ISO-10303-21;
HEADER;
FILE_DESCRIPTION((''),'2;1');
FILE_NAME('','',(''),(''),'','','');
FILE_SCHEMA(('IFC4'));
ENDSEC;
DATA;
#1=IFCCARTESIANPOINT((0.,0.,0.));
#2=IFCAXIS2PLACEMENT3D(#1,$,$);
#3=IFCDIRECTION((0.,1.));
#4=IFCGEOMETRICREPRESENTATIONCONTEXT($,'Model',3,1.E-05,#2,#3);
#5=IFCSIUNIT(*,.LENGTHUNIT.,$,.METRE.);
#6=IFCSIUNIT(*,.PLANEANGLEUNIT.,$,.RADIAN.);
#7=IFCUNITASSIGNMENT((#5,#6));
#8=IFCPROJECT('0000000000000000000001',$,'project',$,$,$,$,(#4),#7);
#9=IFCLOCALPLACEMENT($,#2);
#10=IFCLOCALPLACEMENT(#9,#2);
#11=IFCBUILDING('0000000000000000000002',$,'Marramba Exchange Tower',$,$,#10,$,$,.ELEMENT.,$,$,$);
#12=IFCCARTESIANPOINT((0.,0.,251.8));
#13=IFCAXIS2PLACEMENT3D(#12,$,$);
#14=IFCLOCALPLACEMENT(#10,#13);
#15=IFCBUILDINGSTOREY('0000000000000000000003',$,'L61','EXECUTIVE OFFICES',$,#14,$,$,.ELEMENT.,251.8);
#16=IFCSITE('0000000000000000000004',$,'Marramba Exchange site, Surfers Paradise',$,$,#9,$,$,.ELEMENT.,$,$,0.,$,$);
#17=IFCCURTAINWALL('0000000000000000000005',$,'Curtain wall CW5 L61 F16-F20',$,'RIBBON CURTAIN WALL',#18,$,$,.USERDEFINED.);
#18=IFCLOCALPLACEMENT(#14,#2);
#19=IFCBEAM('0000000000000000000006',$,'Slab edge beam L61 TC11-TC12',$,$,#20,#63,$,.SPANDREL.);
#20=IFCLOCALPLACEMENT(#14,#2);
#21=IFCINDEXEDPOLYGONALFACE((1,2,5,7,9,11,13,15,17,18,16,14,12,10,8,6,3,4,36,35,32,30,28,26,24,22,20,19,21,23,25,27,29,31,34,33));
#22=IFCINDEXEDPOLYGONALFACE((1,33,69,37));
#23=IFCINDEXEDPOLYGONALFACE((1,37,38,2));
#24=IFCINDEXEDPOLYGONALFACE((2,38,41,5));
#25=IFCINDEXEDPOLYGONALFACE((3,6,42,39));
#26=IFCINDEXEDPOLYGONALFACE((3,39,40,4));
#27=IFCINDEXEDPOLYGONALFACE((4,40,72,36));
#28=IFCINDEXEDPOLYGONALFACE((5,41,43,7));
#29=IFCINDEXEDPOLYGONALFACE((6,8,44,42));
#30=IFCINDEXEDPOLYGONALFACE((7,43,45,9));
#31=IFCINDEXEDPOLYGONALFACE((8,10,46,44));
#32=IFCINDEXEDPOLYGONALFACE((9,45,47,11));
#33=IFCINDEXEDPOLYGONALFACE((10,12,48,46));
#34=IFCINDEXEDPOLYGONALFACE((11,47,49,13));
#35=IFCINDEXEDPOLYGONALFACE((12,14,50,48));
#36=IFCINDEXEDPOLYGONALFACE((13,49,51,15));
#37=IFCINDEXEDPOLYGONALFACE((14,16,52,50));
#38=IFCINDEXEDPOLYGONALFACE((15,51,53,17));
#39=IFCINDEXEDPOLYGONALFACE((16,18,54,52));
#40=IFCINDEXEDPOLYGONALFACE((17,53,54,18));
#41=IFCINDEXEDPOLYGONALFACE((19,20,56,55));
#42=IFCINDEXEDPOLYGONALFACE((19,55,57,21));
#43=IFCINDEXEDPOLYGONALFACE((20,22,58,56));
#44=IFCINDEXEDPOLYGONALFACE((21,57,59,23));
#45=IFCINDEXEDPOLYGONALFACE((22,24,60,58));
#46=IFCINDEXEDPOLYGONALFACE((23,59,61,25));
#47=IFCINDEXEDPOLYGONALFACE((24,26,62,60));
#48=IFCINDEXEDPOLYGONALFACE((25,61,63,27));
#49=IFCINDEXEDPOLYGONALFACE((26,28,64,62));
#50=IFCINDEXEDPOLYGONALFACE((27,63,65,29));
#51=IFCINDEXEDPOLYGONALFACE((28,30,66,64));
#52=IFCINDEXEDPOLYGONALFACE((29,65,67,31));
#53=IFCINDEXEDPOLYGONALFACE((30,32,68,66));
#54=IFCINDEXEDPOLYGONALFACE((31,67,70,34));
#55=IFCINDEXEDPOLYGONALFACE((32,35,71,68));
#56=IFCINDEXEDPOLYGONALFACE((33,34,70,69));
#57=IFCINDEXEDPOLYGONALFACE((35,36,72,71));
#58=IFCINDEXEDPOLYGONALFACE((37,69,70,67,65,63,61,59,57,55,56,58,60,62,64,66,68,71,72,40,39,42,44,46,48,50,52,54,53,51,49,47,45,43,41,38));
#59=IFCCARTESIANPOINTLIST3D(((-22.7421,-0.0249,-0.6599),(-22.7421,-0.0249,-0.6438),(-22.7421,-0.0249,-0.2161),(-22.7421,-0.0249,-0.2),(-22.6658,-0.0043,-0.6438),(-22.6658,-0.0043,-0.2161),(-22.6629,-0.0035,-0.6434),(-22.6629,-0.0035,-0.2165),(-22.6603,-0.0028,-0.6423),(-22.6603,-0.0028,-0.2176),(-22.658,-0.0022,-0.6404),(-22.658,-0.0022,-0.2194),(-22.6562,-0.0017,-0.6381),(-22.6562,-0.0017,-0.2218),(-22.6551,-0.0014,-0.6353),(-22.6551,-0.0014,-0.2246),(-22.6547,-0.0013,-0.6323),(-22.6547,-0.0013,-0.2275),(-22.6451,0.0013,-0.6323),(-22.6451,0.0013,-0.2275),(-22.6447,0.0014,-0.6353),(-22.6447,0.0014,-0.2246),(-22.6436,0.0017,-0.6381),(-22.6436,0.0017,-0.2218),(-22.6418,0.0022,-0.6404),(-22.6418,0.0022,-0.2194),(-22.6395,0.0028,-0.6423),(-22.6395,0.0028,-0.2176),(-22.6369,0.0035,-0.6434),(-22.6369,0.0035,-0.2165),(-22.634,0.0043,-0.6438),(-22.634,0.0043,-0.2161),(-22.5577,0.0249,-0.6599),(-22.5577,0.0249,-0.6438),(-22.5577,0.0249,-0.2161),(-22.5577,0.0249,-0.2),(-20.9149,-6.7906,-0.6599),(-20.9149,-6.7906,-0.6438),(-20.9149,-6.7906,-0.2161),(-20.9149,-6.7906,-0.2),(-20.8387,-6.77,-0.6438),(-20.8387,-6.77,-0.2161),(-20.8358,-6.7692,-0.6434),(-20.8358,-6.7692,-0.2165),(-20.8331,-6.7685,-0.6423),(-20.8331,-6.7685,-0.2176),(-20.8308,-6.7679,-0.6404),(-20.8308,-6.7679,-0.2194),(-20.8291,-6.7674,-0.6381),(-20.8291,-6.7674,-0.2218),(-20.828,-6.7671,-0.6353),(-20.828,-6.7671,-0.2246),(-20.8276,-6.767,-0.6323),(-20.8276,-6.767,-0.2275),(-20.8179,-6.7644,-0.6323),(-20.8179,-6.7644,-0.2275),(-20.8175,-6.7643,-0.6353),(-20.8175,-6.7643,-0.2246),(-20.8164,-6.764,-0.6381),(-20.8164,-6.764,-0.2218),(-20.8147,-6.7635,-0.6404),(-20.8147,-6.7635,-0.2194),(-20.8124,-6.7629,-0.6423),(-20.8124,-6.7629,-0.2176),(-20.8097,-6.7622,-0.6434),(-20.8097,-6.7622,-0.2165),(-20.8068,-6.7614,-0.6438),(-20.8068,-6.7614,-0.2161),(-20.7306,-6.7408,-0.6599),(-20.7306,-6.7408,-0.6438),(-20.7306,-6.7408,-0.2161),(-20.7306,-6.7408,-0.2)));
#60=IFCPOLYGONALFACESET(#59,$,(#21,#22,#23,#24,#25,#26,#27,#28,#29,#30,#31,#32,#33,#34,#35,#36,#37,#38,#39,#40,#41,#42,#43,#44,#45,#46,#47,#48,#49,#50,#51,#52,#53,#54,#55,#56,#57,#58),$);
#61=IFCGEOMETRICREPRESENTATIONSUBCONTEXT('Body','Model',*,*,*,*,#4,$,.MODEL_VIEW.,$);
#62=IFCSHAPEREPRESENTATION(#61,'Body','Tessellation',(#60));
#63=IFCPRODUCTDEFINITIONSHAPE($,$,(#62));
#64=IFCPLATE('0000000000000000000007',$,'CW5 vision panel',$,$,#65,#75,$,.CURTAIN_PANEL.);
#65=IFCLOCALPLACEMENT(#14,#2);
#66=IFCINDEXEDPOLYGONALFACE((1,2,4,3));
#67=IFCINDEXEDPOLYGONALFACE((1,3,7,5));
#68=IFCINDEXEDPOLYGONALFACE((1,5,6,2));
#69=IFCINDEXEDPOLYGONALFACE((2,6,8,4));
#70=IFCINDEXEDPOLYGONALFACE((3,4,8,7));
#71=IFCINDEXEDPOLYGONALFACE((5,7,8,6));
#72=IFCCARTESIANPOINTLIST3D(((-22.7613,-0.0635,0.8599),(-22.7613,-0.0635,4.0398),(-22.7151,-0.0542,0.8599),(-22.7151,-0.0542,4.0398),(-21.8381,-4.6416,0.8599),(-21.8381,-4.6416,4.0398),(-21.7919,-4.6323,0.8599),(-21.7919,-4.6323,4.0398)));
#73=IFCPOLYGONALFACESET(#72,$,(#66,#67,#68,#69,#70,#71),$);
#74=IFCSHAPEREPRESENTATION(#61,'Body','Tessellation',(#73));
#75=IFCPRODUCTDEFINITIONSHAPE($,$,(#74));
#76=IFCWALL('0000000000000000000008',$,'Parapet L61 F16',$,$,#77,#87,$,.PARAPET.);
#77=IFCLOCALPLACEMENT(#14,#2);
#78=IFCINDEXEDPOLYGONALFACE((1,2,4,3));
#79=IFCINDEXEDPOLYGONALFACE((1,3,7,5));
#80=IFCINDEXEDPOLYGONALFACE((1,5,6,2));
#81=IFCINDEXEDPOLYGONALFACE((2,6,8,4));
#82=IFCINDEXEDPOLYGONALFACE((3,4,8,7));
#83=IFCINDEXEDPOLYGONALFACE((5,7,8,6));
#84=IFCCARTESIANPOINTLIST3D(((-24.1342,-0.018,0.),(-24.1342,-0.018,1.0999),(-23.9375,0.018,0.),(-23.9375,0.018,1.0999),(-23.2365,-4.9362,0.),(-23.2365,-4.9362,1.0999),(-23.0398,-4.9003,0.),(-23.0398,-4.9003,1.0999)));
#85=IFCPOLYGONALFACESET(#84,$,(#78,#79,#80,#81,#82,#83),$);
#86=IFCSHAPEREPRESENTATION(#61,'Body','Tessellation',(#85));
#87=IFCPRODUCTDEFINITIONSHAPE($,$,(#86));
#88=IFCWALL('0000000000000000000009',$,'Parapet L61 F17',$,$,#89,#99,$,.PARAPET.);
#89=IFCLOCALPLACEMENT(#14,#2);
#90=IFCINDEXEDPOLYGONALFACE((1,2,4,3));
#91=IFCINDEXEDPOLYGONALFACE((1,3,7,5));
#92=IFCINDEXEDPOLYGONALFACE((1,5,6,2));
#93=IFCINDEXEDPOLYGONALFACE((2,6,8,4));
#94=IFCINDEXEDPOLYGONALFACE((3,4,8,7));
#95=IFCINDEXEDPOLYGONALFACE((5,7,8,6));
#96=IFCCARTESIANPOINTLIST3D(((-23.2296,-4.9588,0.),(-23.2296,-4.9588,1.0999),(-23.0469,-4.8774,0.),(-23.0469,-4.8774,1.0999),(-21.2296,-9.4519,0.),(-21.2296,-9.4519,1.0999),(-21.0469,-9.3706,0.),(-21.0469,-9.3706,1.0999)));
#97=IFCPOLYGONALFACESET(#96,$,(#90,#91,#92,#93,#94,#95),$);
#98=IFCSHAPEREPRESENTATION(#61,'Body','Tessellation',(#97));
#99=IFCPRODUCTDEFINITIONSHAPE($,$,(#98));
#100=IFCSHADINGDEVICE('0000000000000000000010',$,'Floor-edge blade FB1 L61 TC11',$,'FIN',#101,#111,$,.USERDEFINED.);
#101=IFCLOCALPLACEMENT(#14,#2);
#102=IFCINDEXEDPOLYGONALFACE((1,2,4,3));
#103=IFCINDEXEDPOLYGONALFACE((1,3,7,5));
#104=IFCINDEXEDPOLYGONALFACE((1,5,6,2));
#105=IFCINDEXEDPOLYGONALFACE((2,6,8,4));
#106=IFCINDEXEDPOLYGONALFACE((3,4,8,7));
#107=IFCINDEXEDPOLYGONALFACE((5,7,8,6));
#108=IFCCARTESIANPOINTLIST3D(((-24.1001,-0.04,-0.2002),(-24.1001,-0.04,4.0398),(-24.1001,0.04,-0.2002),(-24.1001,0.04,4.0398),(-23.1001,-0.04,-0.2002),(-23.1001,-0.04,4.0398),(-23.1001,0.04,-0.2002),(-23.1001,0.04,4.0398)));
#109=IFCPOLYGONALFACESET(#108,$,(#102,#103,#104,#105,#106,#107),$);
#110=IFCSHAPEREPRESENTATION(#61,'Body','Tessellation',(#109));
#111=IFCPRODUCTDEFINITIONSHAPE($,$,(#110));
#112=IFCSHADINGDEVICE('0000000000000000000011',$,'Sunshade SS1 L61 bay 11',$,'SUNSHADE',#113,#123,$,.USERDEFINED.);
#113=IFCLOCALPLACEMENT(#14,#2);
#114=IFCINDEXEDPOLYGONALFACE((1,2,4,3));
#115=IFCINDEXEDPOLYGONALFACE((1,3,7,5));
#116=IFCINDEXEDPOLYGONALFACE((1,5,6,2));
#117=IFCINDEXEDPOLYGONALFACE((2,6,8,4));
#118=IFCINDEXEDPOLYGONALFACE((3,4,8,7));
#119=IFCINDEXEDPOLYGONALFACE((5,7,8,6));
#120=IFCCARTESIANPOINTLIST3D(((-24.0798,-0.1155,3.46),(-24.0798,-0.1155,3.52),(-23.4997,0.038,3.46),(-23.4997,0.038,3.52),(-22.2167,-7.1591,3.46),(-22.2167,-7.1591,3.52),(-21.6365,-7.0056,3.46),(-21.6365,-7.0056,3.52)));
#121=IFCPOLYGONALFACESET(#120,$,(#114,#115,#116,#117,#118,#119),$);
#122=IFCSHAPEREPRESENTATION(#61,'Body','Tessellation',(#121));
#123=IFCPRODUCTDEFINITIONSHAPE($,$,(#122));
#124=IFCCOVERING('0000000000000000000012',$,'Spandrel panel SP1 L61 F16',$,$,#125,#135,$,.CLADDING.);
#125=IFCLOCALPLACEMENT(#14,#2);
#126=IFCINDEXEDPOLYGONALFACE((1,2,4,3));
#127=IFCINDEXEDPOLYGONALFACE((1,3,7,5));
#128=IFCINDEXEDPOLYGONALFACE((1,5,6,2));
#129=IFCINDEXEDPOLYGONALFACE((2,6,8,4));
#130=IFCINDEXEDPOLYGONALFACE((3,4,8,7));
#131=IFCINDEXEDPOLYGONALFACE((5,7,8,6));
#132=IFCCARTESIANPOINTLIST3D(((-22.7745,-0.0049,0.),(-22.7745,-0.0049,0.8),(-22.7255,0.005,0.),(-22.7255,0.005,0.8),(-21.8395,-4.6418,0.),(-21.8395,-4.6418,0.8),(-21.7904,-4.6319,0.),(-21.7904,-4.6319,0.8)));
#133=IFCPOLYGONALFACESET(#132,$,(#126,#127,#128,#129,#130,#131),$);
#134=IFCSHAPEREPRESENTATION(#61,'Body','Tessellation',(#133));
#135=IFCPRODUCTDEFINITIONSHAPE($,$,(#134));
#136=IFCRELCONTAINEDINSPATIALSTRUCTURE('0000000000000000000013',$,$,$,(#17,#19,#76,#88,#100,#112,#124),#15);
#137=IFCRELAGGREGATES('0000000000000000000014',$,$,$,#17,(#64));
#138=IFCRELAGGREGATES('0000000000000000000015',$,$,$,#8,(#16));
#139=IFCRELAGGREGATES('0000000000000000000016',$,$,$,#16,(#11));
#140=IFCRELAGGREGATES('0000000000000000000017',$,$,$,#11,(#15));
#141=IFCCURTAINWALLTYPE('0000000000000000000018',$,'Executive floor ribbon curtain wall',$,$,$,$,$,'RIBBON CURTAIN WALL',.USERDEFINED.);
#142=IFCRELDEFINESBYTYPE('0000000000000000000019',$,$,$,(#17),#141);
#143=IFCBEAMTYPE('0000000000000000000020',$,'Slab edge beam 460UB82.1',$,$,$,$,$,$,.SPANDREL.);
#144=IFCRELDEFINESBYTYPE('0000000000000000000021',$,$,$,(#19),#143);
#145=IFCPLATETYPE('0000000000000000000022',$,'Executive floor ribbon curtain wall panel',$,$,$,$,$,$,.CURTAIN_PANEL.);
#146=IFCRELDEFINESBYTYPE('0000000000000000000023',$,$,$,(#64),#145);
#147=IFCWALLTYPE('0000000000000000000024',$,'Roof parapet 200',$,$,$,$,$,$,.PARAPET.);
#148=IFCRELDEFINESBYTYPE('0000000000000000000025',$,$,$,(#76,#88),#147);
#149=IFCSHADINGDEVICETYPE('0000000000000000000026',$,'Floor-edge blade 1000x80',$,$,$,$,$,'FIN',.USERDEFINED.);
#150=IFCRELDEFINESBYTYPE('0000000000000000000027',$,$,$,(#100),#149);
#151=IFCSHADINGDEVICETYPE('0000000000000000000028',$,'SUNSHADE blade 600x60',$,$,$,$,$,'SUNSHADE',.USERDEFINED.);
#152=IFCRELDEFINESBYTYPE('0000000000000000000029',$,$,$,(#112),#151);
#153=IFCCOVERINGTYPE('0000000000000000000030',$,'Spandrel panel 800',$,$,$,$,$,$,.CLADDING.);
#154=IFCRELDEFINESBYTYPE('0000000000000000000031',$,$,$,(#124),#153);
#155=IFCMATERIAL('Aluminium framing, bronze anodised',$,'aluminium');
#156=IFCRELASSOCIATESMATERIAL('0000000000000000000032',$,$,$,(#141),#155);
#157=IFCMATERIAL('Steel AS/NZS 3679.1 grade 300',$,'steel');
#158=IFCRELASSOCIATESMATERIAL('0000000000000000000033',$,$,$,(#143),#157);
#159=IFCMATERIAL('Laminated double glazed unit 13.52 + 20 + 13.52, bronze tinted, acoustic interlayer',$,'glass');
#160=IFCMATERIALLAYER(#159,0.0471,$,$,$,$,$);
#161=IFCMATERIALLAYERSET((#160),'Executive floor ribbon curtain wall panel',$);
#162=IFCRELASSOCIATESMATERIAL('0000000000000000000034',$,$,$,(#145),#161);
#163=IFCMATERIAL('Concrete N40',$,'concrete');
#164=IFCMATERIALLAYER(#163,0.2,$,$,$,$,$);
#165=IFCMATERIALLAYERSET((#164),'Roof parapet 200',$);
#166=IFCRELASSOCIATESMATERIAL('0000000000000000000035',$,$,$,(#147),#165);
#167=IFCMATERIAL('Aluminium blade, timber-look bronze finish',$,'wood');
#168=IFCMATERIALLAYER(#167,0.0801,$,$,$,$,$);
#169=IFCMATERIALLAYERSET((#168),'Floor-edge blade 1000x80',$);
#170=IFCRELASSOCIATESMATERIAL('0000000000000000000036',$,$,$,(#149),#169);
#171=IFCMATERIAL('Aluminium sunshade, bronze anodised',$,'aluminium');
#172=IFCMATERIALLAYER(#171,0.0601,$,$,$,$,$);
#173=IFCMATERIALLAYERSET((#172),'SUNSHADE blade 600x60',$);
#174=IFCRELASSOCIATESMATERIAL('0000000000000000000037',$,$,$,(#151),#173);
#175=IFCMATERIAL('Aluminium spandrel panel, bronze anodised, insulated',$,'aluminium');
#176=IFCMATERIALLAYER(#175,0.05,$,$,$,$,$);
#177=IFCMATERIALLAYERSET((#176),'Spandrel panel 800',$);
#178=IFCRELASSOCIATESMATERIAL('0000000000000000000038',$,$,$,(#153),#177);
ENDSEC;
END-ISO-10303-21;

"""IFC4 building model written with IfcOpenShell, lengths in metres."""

from ifc_helpers import new_model, si_unit, direction, frame, frame_2d, origin, origin_2d, place, context, subcontext, project, spatial, rectangle, i_section, extrude, material, layer, layer_set, material_profile, profile_set, type_object, element, aggregate, save


model = new_model("IFC4")

# Units and contexts
model_context = context("Model", 3, precision=1e-05, world=origin(), true_north=direction((0.0, 1.0)))
body_context = subcontext(model_context, "Body", "Model", "MODEL_VIEW")
ifc_project = project(units=[si_unit("LENGTHUNIT", "METRE"), si_unit("PLANEANGLEUNIT", "RADIAN")], contexts=[model_context])

# Site, building, storey
site_placement = place(None, origin())
site = spatial("IfcSite", under=ifc_project, at=site_placement, Name="Marramba Exchange site, Surfers Paradise", CompositionType="ELEMENT", RefElevation=0.0)
building_placement = place(site_placement, origin())
building = spatial("IfcBuilding", under=site, at=building_placement, Name="Marramba Exchange Tower", CompositionType="ELEMENT")
storey_placement = place(building_placement, frame((0.0, 0.0, 251.8)))
storey = spatial("IfcBuildingStorey", under=building, at=storey_placement, Name="L61", Description="EXECUTIVE OFFICES", CompositionType="ELEMENT", Elevation=251.8)

# Curtain wall
ifc_material_1 = material(Name="Aluminium framing, bronze anodised", Category="aluminium")
curtain_wall_type = type_object("IfcCurtainWallType", Name="Executive floor ribbon curtain wall", ElementType="RIBBON CURTAIN WALL", PredefinedType="USERDEFINED", material=ifc_material_1)
curtain_wall_placement = place(storey_placement, origin())
curtain_wall = element("IfcCurtainWall", 1, at=curtain_wall_placement, inside=storey, type_object=curtain_wall_type, Name="Curtain wall CW5 L61 F16-F20", ObjectType="RIBBON CURTAIN WALL", PredefinedType="USERDEFINED")

# Beam
ifc_material_2 = material(Name="Steel AS/NZS 3679.1 grade 300", Category="steel")
ifc_material_profile_1 = material_profile(ifc_material_2, i_section(OverallWidth=0.1909, OverallDepth=0.46, WebThickness=0.01, FlangeThickness=0.0161, FilletRadius=0.0115, at=origin_2d()), Name="460UB82.1")
ifc_profile_set_1 = profile_set([ifc_material_profile_1], Name="Steel AS/NZS 3679.1 grade 300")
beam_type_1 = type_object("IfcBeamType", Name="Slab edge beam 460UB82.1", PredefinedType="SPANDREL", material=ifc_profile_set_1)
beam_1_placement = place(storey_placement, frame((-22.6499, 0.0, -0.4299), z_axis=(0.260723, -0.965414, 0.0), x_axis=(0.965414, 0.260723, 0.0)))
element("IfcBeam", 2, at=beam_1_placement, inside=storey, type_object=beam_type_1, Name="Slab edge beam L61 TC11-TC12", PredefinedType="SPANDREL", context=body_context, shape_type="SweptSolid", body=[
    extrude(i_section(OverallWidth=0.1909, OverallDepth=0.46, WebThickness=0.01, FlangeThickness=0.0161, FilletRadius=0.0115, at=origin_2d()), origin(), (0.0, 0.0, 1.0), 7.0081),
])

# Plate
ifc_material_3 = material(Name="Laminated double glazed unit 13.52 + 20 + 13.52, bronze tinted, acoustic interlayer", Category="glass")
ifc_layer_1 = layer(ifc_material_3, 0.0471)
ifc_layer_set_1 = layer_set([ifc_layer_1], Name="Executive floor ribbon curtain wall panel")
plate_type = type_object("IfcPlateType", Name="Executive floor ribbon curtain wall panel", PredefinedType="CURTAIN_PANEL", material=ifc_layer_set_1)
plate_placement = place(storey_placement, frame((-22.2766, -2.3479, 0.8599), z_axis=(0.0, 0.0, 1.0), x_axis=(0.197671, -0.980269, 0.0)))
plate = element("IfcPlate", 3, at=plate_placement, type_object=plate_type, Name="CW5 vision panel", PredefinedType="CURTAIN_PANEL", context=body_context, shape_type="SweptSolid", body=[
    extrude(rectangle(XDim=4.6702, YDim=0.0471, at=origin_2d()), origin(), (0.0, 0.0, 1.0), 3.1799),
])
aggregate(curtain_wall, [plate])

# Walls
ifc_material_4 = material(Name="Concrete N40", Category="concrete")
ifc_layer_2 = layer(ifc_material_4, 0.2)
ifc_layer_set_2 = layer_set([ifc_layer_2], Name="Roof parapet 200")
wall_type = type_object("IfcWallType", Name="Roof parapet 200", PredefinedType="PARAPET", material=ifc_layer_set_2)
wall_1_placement = place(storey_placement, frame((-24.0359, 0.0, 0.0), z_axis=(0.0, 0.0, 1.0), x_axis=(0.17956, -0.983747, 0.0)))
element("IfcWall", 4, at=wall_1_placement, inside=storey, type_object=wall_type, Name="Parapet L61 F16", PredefinedType="PARAPET", context=body_context, shape_type="SweptSolid", body=[
    extrude(rectangle(XDim=4.9995, YDim=0.2, at=frame_2d((2.4998, 0.0))), origin(), (0.0, 0.0, 1.0), 1.0999),
])
wall_2_placement = place(storey_placement, frame((-23.1382, -4.9182, 0.0), z_axis=(0.0, 0.0, 1.0), x_axis=(0.406654, -0.913582, 0.0)))
element("IfcWall", 5, at=wall_2_placement, inside=storey, type_object=wall_type, Name="Parapet L61 F17", PredefinedType="PARAPET", context=body_context, shape_type="SweptSolid", body=[
    extrude(rectangle(XDim=4.9182, YDim=0.2, at=frame_2d((2.459, 0.0))), origin(), (0.0, 0.0, 1.0), 1.0999),
])

# Shading devices
ifc_material_5 = material(Name="Aluminium blade, timber-look bronze finish", Category="wood")
ifc_layer_3 = layer(ifc_material_5, 0.0801)
ifc_layer_set_3 = layer_set([ifc_layer_3], Name="Floor-edge blade 1000x80")
shading_device_type_1 = type_object("IfcShadingDeviceType", Name="Floor-edge blade 1000x80", ElementType="FIN", PredefinedType="USERDEFINED", material=ifc_layer_set_3)
shading_device_1_placement = place(storey_placement, frame((-23.6001, 0.0, -0.2002), z_axis=(0.0, 0.0, 1.0), x_axis=(-1.0, 0.0, 0.0)))
element("IfcShadingDevice", 6, at=shading_device_1_placement, inside=storey, type_object=shading_device_type_1, Name="Floor-edge blade FB1 L61 TC11", ObjectType="FIN", PredefinedType="USERDEFINED", context=body_context, shape_type="SweptSolid", body=[
    extrude(rectangle(XDim=1.0, YDim=0.0801, at=origin_2d()), origin(), (0.0, 0.0, 1.0), 4.24),
])
ifc_material_6 = material(Name="Aluminium sunshade, bronze anodised", Category="aluminium")
ifc_layer_4 = layer(ifc_material_6, 0.0601)
ifc_layer_set_4 = layer_set([ifc_layer_4], Name="SUNSHADE blade 600x60")
shading_device_type_2 = type_object("IfcShadingDeviceType", Name="SUNSHADE blade 600x60", ElementType="SUNSHADE", PredefinedType="USERDEFINED", material=ifc_layer_set_4)
shading_device_2_placement = place(storey_placement, frame((-22.8582, -3.5605, 3.46), z_axis=(0.0, 0.0, 1.0), x_axis=(0.255719, -0.966751, 0.0)))
element("IfcShadingDevice", 7, at=shading_device_2_placement, inside=storey, type_object=shading_device_type_2, Name="Sunshade SS1 L61 bay 11", ObjectType="SUNSHADE", PredefinedType="USERDEFINED", context=body_context, shape_type="SweptSolid", body=[
    extrude(rectangle(XDim=7.2859, YDim=0.6001, at=origin_2d()), origin(), (0.0, 0.0, 1.0), 0.0601),
])

# Covering
ifc_material_7 = material(Name="Aluminium spandrel panel, bronze anodised, insulated", Category="aluminium")
ifc_layer_5 = layer(ifc_material_7, 0.05)
ifc_layer_set_5 = layer_set([ifc_layer_5], Name="Spandrel panel 800")
covering_type = type_object("IfcCoveringType", Name="Spandrel panel 800", PredefinedType="CLADDING", material=ifc_layer_set_5)
covering_placement = place(storey_placement, frame((-22.2825, -2.3184, 0.0), z_axis=(0.0, 0.0, 1.0), x_axis=(0.197671, -0.980269, 0.0)))
element("IfcCovering", 8, at=covering_placement, inside=storey, type_object=covering_type, Name="Spandrel panel SP1 L61 F16", PredefinedType="CLADDING", context=body_context, shape_type="SweptSolid", body=[
    extrude(rectangle(XDim=4.7302, YDim=0.05, at=origin_2d()), origin(), (0.0, 0.0, 1.0), 0.8),
])

save(model, "model.ifc")
